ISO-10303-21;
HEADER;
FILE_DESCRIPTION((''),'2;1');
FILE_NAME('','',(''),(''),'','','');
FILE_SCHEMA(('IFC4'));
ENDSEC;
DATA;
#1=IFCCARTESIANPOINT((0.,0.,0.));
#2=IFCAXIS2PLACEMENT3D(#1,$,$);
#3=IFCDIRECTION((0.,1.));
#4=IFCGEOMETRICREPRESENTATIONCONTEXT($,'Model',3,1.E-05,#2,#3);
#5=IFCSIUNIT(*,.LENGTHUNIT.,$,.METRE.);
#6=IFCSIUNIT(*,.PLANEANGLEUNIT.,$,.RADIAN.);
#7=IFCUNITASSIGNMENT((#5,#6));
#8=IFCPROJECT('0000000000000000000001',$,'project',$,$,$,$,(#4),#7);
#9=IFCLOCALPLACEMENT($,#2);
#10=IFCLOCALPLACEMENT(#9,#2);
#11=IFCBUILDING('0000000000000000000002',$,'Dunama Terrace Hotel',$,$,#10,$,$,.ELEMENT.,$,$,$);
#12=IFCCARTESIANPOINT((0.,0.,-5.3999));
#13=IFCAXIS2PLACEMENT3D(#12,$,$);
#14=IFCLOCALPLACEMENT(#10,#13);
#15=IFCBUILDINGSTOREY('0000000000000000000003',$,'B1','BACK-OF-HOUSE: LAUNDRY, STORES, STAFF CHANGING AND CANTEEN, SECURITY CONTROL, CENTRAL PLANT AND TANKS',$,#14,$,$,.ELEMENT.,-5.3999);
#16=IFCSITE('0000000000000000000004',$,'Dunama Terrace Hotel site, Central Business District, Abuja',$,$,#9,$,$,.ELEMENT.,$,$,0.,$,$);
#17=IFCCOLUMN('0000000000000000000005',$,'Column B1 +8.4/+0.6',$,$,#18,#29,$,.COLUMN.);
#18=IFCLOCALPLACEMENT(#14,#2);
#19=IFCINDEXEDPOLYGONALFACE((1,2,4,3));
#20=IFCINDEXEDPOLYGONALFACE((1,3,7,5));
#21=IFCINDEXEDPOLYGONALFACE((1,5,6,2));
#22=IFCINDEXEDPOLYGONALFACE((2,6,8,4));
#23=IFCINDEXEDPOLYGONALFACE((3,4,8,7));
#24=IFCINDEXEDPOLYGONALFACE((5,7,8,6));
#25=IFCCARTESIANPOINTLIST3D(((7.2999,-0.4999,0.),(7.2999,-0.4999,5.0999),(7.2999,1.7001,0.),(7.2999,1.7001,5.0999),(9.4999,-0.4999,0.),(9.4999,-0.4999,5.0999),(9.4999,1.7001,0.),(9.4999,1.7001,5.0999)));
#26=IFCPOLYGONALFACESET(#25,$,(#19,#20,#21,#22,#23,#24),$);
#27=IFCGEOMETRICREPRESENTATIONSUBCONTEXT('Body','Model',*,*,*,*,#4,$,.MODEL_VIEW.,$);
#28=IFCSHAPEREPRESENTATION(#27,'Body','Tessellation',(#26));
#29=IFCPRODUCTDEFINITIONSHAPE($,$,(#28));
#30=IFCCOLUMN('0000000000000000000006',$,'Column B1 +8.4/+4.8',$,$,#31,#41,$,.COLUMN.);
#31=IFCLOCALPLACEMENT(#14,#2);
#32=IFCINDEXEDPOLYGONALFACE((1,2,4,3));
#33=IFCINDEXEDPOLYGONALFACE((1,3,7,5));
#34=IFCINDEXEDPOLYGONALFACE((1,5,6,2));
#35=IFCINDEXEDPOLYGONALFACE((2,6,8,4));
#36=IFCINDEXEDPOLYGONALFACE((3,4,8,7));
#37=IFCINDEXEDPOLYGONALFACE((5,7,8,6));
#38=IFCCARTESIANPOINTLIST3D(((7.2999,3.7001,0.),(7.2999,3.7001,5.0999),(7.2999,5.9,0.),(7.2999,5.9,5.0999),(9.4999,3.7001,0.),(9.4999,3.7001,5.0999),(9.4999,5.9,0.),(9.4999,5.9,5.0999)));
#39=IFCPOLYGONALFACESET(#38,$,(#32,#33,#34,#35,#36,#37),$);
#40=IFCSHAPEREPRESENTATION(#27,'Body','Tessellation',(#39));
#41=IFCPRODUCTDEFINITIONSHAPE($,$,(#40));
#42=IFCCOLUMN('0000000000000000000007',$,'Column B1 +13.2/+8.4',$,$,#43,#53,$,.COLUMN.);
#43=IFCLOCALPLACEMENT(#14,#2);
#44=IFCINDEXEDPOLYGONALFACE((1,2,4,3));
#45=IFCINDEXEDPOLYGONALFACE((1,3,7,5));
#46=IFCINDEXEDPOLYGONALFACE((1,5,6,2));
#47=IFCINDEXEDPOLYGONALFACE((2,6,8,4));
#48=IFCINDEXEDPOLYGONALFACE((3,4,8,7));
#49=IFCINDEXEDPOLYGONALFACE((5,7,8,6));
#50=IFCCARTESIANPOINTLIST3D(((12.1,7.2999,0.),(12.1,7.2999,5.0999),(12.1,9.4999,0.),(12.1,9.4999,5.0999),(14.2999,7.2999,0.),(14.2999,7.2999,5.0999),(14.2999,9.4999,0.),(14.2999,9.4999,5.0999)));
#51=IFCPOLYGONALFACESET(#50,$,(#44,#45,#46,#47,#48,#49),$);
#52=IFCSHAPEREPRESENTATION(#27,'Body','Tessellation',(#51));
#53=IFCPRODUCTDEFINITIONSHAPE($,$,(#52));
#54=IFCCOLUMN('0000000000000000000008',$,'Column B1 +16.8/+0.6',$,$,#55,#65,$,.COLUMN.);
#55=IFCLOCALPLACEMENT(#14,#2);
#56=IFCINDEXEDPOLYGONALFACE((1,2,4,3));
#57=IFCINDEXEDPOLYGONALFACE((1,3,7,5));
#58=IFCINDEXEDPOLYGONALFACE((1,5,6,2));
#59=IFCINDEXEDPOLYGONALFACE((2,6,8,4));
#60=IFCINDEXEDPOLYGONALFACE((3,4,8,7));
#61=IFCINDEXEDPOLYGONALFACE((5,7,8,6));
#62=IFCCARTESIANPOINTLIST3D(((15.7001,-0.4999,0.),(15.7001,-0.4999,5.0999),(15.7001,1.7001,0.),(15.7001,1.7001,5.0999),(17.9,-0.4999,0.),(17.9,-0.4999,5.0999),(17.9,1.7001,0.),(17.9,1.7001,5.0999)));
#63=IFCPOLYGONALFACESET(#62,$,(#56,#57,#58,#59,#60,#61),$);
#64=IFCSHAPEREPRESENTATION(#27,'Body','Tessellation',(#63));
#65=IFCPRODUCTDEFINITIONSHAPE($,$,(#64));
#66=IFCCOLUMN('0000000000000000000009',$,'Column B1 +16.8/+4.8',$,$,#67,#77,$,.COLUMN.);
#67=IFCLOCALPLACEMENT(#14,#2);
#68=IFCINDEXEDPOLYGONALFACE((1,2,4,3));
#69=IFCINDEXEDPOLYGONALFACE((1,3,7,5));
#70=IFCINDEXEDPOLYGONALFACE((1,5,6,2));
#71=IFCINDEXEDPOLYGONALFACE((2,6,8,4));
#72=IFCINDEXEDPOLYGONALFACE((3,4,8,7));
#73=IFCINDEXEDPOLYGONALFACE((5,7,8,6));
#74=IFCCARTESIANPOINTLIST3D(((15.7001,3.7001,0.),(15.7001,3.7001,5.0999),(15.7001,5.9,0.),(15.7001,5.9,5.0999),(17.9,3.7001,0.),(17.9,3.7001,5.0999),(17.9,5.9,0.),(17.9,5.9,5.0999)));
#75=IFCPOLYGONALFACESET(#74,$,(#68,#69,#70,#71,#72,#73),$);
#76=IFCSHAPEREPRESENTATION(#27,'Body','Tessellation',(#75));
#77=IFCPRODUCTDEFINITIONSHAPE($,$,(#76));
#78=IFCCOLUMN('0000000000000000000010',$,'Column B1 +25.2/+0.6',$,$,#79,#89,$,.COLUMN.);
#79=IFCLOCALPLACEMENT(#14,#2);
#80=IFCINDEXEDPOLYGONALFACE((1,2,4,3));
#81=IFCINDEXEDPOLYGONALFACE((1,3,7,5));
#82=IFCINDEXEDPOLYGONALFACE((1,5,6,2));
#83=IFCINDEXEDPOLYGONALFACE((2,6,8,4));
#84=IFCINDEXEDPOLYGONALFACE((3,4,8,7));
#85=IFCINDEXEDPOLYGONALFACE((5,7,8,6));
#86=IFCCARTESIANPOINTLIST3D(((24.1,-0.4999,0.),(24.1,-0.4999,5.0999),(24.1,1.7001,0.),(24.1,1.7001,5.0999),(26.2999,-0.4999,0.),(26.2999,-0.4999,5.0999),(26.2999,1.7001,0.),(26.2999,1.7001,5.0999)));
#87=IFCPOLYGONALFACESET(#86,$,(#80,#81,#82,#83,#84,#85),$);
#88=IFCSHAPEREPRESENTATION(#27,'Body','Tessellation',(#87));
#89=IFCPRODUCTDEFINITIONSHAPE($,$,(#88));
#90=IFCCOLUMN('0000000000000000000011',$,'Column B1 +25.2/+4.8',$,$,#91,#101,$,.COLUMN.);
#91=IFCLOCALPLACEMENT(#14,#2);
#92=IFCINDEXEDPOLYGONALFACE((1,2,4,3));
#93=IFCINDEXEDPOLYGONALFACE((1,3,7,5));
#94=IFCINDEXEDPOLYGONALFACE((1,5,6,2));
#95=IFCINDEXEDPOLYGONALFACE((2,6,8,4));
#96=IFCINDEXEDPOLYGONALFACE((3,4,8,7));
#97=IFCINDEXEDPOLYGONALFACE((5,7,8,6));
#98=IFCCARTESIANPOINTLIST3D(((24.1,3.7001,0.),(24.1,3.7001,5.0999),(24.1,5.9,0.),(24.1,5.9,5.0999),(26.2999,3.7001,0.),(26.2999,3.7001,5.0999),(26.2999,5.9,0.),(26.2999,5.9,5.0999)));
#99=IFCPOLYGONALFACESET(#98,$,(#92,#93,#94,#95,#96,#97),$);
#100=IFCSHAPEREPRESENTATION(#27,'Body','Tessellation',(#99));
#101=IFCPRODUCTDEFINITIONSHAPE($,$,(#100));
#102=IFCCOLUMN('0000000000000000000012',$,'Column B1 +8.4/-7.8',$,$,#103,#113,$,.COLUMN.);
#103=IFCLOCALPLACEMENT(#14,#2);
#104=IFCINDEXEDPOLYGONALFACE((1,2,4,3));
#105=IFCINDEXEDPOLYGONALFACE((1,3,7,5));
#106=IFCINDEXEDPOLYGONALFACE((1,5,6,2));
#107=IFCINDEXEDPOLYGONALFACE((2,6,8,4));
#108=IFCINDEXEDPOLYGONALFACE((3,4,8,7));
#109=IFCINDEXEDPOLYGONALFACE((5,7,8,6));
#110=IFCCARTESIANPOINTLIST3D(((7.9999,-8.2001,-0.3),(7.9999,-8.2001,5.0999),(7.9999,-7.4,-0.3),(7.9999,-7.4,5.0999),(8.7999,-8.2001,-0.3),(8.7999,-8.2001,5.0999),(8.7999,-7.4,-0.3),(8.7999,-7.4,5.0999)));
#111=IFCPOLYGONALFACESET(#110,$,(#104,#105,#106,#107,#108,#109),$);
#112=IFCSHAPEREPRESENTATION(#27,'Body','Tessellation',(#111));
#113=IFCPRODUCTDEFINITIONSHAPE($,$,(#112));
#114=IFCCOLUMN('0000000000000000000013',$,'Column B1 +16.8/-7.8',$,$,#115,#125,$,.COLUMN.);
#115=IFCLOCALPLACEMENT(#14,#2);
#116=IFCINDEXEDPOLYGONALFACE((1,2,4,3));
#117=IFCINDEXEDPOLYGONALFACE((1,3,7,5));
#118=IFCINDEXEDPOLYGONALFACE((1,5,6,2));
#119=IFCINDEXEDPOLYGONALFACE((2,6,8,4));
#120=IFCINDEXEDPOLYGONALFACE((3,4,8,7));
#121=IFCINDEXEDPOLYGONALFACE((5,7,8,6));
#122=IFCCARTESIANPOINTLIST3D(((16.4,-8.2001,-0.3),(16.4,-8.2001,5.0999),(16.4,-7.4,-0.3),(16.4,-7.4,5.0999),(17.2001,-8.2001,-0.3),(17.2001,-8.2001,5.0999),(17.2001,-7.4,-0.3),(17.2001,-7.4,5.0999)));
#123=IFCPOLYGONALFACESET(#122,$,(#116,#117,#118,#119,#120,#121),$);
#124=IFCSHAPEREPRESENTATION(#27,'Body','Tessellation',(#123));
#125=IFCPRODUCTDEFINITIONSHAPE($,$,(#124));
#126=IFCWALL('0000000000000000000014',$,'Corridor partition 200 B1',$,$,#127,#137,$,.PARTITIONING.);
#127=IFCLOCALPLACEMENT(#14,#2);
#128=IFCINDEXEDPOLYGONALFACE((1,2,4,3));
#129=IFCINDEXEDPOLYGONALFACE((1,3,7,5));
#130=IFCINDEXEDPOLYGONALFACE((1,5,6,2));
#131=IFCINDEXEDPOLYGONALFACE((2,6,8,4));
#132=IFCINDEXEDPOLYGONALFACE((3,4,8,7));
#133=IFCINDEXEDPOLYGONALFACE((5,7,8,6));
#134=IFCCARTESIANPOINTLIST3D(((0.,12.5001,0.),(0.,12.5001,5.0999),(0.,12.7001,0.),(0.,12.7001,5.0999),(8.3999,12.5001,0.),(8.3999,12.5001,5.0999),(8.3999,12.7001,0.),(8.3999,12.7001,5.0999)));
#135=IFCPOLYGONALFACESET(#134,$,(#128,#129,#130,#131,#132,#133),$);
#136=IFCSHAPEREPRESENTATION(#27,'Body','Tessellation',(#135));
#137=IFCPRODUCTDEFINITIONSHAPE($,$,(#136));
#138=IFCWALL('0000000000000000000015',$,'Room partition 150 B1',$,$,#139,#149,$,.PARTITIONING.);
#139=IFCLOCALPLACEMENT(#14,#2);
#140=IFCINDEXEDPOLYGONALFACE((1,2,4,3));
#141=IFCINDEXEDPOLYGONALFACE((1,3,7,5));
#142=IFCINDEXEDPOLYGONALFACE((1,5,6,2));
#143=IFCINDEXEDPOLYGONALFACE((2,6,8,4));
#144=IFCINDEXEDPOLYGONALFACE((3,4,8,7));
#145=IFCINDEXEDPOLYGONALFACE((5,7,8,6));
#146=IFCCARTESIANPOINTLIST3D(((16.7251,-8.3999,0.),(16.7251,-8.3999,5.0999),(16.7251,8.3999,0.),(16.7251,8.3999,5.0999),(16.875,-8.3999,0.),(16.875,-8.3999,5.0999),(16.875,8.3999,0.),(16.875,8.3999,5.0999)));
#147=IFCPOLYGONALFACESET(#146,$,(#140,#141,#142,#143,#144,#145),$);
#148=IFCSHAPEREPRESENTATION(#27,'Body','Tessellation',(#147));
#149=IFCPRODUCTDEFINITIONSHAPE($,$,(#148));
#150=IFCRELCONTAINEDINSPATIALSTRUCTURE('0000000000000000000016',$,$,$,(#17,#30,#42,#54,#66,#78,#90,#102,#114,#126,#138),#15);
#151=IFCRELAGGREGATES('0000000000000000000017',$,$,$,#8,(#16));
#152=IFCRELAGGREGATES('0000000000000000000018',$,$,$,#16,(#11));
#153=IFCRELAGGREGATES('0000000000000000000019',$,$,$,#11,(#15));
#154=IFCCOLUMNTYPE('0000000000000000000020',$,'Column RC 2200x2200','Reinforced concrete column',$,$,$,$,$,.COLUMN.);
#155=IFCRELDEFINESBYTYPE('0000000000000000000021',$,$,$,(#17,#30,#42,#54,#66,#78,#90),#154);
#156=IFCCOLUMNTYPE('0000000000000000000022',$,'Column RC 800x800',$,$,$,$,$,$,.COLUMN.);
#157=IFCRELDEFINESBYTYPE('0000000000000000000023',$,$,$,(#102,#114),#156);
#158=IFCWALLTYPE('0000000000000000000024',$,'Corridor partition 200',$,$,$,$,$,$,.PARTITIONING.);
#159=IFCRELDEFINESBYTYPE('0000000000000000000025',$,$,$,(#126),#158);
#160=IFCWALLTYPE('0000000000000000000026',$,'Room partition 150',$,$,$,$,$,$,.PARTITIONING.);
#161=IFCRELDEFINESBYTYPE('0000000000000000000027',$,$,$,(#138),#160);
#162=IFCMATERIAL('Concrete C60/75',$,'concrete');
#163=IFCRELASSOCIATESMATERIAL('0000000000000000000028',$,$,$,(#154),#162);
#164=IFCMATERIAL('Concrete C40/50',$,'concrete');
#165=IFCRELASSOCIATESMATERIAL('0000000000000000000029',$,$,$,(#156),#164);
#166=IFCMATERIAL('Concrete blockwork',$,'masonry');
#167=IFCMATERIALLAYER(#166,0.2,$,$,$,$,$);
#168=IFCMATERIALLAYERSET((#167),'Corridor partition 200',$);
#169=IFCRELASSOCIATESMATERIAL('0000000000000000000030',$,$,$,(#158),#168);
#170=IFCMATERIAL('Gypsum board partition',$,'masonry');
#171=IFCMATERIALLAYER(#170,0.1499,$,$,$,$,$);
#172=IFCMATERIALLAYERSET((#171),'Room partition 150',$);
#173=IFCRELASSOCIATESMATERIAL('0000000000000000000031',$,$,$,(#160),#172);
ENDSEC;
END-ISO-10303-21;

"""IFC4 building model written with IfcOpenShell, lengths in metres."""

from ifc_helpers import new_model, si_unit, direction, frame, frame_2d, origin, origin_2d, place, context, subcontext, project, spatial, rectangle, extrude, material, layer, layer_set, material_profile, profile_set, type_object, element, save


model = new_model("IFC4")

# Units and contexts
model_context = context("Model", 3, precision=1e-05, world=origin(), true_north=direction((0.0, 1.0)))
body_context = subcontext(model_context, "Body", "Model", "MODEL_VIEW")
ifc_project = project(units=[si_unit("LENGTHUNIT", "METRE"), si_unit("PLANEANGLEUNIT", "RADIAN")], contexts=[model_context])

# Site, building, storey
site_placement = place(None, origin())
site = spatial("IfcSite", under=ifc_project, at=site_placement, Name="Dunama Terrace Hotel site, Central Business District, Abuja", CompositionType="ELEMENT", RefElevation=0.0)
building_placement = place(site_placement, origin())
building = spatial("IfcBuilding", under=site, at=building_placement, Name="Dunama Terrace Hotel", CompositionType="ELEMENT")
storey_placement = place(building_placement, frame((0.0, 0.0, -5.3999)))
storey = spatial("IfcBuildingStorey", under=building, at=storey_placement, Name="B1", Description="BACK-OF-HOUSE: LAUNDRY, STORES, STAFF CHANGING AND CANTEEN, SECURITY CONTROL, CENTRAL PLANT AND TANKS", CompositionType="ELEMENT", Elevation=-5.3999)

# Columns
ifc_material_1 = material(Name="Concrete C60/75", Category="concrete")
ifc_material_profile_1 = material_profile(ifc_material_1, rectangle(XDim=2.2, YDim=2.2, at=origin_2d()), Name="RC 2200x2200")
ifc_profile_set_1 = profile_set([ifc_material_profile_1], Name="Concrete C60/75")
column_type_1 = type_object("IfcColumnType", Name="Column RC 2200x2200", Description="Reinforced concrete column", PredefinedType="COLUMN", material=ifc_profile_set_1)
for number, where, z_axis, x_axis, name in (
    (1, (8.3999, 0.6001, 0.0), (0.0, 0.0, 1.0), (1.0, 0.0, 0.0), "Column B1 +8.4/+0.6"),
    (2, (8.3999, 4.8, 0.0), (0.0, 0.0, 1.0), (1.0, 0.0, 0.0), "Column B1 +8.4/+4.8"),
    (3, (13.2, 8.3999, 0.0), (0.0, 0.0, 1.0), (1.0, 0.0, 0.0), "Column B1 +13.2/+8.4"),
    (4, (16.8, 0.6001, 0.0), (0.0, 0.0, 1.0), (1.0, 0.0, 0.0), "Column B1 +16.8/+0.6"),
    (5, (16.8, 4.8, 0.0), (0.0, 0.0, 1.0), (1.0, 0.0, 0.0), "Column B1 +16.8/+4.8"),
    (6, (25.2, 0.6001, 0.0), (0.0, 0.0, 1.0), (1.0, 0.0, 0.0), "Column B1 +25.2/+0.6"),
    (7, (25.2, 4.8, 0.0), (0.0, 0.0, 1.0), (1.0, 0.0, 0.0), "Column B1 +25.2/+4.8"),
):
    element("IfcColumn", number, at=place(storey_placement, frame(where, z_axis=z_axis, x_axis=x_axis)), inside=storey, type_object=column_type_1, Name=name, PredefinedType="COLUMN", context=body_context, shape_type="SweptSolid", body=[
        extrude(rectangle(XDim=2.2, YDim=2.2, at=origin_2d()), origin(), (0.0, 0.0, 1.0), 5.0999),
    ])
ifc_material_2 = material(Name="Concrete C40/50", Category="concrete")
ifc_material_profile_2 = material_profile(ifc_material_2, rectangle(XDim=0.8, YDim=0.8, at=origin_2d()), Name="RC 800x800")
ifc_profile_set_2 = profile_set([ifc_material_profile_2], Name="Concrete C40/50")
column_type_2 = type_object("IfcColumnType", Name="Column RC 800x800", PredefinedType="COLUMN", material=ifc_profile_set_2)
for number, where, z_axis, x_axis, name in (
    (8, (8.3999, -7.8, -0.3), (0.0, 0.0, 1.0), (1.0, 0.0, 0.0), "Column B1 +8.4/-7.8"),
    (9, (16.8, -7.8, -0.3), (0.0, 0.0, 1.0), (1.0, 0.0, 0.0), "Column B1 +16.8/-7.8"),
):
    element("IfcColumn", number, at=place(storey_placement, frame(where, z_axis=z_axis, x_axis=x_axis)), inside=storey, type_object=column_type_2, Name=name, PredefinedType="COLUMN", context=body_context, shape_type="SweptSolid", body=[
        extrude(rectangle(XDim=0.8, YDim=0.8, at=origin_2d()), origin(), (0.0, 0.0, 1.0), 5.3999),
    ])

# Walls
ifc_material_3 = material(Name="Concrete blockwork", Category="masonry")
ifc_layer_1 = layer(ifc_material_3, 0.2)
ifc_layer_set_1 = layer_set([ifc_layer_1], Name="Corridor partition 200")
wall_type_1 = type_object("IfcWallType", Name="Corridor partition 200", PredefinedType="PARTITIONING", material=ifc_layer_set_1)
wall_1_placement = place(storey_placement, frame((8.3999, 12.6001, 0.0), z_axis=(0.0, 0.0, 1.0), x_axis=(-1.0, 0.0, 0.0)))
element("IfcWall", 10, at=wall_1_placement, inside=storey, type_object=wall_type_1, Name="Corridor partition 200 B1", PredefinedType="PARTITIONING", context=body_context, shape_type="SweptSolid", body=[
    extrude(rectangle(XDim=8.3999, YDim=0.2, at=frame_2d((4.2, 0.0))), origin(), (0.0, 0.0, 1.0), 5.0999),
])
ifc_material_4 = material(Name="Gypsum board partition", Category="masonry")
ifc_layer_2 = layer(ifc_material_4, 0.1499)
ifc_layer_set_2 = layer_set([ifc_layer_2], Name="Room partition 150")
wall_type_2 = type_object("IfcWallType", Name="Room partition 150", PredefinedType="PARTITIONING", material=ifc_layer_set_2)
wall_2_placement = place(storey_placement, frame((16.8, -8.3999, 0.0), z_axis=(0.0, 0.0, 1.0), x_axis=(0.0, 1.0, 0.0)))
element("IfcWall", 11, at=wall_2_placement, inside=storey, type_object=wall_type_2, Name="Room partition 150 B1", PredefinedType="PARTITIONING", context=body_context, shape_type="SweptSolid", body=[
    extrude(rectangle(XDim=16.7998, YDim=0.1499, at=frame_2d((8.3999, 0.0))), origin(), (0.0, 0.0, 1.0), 5.0999),
])

save(model, "model.ifc")
